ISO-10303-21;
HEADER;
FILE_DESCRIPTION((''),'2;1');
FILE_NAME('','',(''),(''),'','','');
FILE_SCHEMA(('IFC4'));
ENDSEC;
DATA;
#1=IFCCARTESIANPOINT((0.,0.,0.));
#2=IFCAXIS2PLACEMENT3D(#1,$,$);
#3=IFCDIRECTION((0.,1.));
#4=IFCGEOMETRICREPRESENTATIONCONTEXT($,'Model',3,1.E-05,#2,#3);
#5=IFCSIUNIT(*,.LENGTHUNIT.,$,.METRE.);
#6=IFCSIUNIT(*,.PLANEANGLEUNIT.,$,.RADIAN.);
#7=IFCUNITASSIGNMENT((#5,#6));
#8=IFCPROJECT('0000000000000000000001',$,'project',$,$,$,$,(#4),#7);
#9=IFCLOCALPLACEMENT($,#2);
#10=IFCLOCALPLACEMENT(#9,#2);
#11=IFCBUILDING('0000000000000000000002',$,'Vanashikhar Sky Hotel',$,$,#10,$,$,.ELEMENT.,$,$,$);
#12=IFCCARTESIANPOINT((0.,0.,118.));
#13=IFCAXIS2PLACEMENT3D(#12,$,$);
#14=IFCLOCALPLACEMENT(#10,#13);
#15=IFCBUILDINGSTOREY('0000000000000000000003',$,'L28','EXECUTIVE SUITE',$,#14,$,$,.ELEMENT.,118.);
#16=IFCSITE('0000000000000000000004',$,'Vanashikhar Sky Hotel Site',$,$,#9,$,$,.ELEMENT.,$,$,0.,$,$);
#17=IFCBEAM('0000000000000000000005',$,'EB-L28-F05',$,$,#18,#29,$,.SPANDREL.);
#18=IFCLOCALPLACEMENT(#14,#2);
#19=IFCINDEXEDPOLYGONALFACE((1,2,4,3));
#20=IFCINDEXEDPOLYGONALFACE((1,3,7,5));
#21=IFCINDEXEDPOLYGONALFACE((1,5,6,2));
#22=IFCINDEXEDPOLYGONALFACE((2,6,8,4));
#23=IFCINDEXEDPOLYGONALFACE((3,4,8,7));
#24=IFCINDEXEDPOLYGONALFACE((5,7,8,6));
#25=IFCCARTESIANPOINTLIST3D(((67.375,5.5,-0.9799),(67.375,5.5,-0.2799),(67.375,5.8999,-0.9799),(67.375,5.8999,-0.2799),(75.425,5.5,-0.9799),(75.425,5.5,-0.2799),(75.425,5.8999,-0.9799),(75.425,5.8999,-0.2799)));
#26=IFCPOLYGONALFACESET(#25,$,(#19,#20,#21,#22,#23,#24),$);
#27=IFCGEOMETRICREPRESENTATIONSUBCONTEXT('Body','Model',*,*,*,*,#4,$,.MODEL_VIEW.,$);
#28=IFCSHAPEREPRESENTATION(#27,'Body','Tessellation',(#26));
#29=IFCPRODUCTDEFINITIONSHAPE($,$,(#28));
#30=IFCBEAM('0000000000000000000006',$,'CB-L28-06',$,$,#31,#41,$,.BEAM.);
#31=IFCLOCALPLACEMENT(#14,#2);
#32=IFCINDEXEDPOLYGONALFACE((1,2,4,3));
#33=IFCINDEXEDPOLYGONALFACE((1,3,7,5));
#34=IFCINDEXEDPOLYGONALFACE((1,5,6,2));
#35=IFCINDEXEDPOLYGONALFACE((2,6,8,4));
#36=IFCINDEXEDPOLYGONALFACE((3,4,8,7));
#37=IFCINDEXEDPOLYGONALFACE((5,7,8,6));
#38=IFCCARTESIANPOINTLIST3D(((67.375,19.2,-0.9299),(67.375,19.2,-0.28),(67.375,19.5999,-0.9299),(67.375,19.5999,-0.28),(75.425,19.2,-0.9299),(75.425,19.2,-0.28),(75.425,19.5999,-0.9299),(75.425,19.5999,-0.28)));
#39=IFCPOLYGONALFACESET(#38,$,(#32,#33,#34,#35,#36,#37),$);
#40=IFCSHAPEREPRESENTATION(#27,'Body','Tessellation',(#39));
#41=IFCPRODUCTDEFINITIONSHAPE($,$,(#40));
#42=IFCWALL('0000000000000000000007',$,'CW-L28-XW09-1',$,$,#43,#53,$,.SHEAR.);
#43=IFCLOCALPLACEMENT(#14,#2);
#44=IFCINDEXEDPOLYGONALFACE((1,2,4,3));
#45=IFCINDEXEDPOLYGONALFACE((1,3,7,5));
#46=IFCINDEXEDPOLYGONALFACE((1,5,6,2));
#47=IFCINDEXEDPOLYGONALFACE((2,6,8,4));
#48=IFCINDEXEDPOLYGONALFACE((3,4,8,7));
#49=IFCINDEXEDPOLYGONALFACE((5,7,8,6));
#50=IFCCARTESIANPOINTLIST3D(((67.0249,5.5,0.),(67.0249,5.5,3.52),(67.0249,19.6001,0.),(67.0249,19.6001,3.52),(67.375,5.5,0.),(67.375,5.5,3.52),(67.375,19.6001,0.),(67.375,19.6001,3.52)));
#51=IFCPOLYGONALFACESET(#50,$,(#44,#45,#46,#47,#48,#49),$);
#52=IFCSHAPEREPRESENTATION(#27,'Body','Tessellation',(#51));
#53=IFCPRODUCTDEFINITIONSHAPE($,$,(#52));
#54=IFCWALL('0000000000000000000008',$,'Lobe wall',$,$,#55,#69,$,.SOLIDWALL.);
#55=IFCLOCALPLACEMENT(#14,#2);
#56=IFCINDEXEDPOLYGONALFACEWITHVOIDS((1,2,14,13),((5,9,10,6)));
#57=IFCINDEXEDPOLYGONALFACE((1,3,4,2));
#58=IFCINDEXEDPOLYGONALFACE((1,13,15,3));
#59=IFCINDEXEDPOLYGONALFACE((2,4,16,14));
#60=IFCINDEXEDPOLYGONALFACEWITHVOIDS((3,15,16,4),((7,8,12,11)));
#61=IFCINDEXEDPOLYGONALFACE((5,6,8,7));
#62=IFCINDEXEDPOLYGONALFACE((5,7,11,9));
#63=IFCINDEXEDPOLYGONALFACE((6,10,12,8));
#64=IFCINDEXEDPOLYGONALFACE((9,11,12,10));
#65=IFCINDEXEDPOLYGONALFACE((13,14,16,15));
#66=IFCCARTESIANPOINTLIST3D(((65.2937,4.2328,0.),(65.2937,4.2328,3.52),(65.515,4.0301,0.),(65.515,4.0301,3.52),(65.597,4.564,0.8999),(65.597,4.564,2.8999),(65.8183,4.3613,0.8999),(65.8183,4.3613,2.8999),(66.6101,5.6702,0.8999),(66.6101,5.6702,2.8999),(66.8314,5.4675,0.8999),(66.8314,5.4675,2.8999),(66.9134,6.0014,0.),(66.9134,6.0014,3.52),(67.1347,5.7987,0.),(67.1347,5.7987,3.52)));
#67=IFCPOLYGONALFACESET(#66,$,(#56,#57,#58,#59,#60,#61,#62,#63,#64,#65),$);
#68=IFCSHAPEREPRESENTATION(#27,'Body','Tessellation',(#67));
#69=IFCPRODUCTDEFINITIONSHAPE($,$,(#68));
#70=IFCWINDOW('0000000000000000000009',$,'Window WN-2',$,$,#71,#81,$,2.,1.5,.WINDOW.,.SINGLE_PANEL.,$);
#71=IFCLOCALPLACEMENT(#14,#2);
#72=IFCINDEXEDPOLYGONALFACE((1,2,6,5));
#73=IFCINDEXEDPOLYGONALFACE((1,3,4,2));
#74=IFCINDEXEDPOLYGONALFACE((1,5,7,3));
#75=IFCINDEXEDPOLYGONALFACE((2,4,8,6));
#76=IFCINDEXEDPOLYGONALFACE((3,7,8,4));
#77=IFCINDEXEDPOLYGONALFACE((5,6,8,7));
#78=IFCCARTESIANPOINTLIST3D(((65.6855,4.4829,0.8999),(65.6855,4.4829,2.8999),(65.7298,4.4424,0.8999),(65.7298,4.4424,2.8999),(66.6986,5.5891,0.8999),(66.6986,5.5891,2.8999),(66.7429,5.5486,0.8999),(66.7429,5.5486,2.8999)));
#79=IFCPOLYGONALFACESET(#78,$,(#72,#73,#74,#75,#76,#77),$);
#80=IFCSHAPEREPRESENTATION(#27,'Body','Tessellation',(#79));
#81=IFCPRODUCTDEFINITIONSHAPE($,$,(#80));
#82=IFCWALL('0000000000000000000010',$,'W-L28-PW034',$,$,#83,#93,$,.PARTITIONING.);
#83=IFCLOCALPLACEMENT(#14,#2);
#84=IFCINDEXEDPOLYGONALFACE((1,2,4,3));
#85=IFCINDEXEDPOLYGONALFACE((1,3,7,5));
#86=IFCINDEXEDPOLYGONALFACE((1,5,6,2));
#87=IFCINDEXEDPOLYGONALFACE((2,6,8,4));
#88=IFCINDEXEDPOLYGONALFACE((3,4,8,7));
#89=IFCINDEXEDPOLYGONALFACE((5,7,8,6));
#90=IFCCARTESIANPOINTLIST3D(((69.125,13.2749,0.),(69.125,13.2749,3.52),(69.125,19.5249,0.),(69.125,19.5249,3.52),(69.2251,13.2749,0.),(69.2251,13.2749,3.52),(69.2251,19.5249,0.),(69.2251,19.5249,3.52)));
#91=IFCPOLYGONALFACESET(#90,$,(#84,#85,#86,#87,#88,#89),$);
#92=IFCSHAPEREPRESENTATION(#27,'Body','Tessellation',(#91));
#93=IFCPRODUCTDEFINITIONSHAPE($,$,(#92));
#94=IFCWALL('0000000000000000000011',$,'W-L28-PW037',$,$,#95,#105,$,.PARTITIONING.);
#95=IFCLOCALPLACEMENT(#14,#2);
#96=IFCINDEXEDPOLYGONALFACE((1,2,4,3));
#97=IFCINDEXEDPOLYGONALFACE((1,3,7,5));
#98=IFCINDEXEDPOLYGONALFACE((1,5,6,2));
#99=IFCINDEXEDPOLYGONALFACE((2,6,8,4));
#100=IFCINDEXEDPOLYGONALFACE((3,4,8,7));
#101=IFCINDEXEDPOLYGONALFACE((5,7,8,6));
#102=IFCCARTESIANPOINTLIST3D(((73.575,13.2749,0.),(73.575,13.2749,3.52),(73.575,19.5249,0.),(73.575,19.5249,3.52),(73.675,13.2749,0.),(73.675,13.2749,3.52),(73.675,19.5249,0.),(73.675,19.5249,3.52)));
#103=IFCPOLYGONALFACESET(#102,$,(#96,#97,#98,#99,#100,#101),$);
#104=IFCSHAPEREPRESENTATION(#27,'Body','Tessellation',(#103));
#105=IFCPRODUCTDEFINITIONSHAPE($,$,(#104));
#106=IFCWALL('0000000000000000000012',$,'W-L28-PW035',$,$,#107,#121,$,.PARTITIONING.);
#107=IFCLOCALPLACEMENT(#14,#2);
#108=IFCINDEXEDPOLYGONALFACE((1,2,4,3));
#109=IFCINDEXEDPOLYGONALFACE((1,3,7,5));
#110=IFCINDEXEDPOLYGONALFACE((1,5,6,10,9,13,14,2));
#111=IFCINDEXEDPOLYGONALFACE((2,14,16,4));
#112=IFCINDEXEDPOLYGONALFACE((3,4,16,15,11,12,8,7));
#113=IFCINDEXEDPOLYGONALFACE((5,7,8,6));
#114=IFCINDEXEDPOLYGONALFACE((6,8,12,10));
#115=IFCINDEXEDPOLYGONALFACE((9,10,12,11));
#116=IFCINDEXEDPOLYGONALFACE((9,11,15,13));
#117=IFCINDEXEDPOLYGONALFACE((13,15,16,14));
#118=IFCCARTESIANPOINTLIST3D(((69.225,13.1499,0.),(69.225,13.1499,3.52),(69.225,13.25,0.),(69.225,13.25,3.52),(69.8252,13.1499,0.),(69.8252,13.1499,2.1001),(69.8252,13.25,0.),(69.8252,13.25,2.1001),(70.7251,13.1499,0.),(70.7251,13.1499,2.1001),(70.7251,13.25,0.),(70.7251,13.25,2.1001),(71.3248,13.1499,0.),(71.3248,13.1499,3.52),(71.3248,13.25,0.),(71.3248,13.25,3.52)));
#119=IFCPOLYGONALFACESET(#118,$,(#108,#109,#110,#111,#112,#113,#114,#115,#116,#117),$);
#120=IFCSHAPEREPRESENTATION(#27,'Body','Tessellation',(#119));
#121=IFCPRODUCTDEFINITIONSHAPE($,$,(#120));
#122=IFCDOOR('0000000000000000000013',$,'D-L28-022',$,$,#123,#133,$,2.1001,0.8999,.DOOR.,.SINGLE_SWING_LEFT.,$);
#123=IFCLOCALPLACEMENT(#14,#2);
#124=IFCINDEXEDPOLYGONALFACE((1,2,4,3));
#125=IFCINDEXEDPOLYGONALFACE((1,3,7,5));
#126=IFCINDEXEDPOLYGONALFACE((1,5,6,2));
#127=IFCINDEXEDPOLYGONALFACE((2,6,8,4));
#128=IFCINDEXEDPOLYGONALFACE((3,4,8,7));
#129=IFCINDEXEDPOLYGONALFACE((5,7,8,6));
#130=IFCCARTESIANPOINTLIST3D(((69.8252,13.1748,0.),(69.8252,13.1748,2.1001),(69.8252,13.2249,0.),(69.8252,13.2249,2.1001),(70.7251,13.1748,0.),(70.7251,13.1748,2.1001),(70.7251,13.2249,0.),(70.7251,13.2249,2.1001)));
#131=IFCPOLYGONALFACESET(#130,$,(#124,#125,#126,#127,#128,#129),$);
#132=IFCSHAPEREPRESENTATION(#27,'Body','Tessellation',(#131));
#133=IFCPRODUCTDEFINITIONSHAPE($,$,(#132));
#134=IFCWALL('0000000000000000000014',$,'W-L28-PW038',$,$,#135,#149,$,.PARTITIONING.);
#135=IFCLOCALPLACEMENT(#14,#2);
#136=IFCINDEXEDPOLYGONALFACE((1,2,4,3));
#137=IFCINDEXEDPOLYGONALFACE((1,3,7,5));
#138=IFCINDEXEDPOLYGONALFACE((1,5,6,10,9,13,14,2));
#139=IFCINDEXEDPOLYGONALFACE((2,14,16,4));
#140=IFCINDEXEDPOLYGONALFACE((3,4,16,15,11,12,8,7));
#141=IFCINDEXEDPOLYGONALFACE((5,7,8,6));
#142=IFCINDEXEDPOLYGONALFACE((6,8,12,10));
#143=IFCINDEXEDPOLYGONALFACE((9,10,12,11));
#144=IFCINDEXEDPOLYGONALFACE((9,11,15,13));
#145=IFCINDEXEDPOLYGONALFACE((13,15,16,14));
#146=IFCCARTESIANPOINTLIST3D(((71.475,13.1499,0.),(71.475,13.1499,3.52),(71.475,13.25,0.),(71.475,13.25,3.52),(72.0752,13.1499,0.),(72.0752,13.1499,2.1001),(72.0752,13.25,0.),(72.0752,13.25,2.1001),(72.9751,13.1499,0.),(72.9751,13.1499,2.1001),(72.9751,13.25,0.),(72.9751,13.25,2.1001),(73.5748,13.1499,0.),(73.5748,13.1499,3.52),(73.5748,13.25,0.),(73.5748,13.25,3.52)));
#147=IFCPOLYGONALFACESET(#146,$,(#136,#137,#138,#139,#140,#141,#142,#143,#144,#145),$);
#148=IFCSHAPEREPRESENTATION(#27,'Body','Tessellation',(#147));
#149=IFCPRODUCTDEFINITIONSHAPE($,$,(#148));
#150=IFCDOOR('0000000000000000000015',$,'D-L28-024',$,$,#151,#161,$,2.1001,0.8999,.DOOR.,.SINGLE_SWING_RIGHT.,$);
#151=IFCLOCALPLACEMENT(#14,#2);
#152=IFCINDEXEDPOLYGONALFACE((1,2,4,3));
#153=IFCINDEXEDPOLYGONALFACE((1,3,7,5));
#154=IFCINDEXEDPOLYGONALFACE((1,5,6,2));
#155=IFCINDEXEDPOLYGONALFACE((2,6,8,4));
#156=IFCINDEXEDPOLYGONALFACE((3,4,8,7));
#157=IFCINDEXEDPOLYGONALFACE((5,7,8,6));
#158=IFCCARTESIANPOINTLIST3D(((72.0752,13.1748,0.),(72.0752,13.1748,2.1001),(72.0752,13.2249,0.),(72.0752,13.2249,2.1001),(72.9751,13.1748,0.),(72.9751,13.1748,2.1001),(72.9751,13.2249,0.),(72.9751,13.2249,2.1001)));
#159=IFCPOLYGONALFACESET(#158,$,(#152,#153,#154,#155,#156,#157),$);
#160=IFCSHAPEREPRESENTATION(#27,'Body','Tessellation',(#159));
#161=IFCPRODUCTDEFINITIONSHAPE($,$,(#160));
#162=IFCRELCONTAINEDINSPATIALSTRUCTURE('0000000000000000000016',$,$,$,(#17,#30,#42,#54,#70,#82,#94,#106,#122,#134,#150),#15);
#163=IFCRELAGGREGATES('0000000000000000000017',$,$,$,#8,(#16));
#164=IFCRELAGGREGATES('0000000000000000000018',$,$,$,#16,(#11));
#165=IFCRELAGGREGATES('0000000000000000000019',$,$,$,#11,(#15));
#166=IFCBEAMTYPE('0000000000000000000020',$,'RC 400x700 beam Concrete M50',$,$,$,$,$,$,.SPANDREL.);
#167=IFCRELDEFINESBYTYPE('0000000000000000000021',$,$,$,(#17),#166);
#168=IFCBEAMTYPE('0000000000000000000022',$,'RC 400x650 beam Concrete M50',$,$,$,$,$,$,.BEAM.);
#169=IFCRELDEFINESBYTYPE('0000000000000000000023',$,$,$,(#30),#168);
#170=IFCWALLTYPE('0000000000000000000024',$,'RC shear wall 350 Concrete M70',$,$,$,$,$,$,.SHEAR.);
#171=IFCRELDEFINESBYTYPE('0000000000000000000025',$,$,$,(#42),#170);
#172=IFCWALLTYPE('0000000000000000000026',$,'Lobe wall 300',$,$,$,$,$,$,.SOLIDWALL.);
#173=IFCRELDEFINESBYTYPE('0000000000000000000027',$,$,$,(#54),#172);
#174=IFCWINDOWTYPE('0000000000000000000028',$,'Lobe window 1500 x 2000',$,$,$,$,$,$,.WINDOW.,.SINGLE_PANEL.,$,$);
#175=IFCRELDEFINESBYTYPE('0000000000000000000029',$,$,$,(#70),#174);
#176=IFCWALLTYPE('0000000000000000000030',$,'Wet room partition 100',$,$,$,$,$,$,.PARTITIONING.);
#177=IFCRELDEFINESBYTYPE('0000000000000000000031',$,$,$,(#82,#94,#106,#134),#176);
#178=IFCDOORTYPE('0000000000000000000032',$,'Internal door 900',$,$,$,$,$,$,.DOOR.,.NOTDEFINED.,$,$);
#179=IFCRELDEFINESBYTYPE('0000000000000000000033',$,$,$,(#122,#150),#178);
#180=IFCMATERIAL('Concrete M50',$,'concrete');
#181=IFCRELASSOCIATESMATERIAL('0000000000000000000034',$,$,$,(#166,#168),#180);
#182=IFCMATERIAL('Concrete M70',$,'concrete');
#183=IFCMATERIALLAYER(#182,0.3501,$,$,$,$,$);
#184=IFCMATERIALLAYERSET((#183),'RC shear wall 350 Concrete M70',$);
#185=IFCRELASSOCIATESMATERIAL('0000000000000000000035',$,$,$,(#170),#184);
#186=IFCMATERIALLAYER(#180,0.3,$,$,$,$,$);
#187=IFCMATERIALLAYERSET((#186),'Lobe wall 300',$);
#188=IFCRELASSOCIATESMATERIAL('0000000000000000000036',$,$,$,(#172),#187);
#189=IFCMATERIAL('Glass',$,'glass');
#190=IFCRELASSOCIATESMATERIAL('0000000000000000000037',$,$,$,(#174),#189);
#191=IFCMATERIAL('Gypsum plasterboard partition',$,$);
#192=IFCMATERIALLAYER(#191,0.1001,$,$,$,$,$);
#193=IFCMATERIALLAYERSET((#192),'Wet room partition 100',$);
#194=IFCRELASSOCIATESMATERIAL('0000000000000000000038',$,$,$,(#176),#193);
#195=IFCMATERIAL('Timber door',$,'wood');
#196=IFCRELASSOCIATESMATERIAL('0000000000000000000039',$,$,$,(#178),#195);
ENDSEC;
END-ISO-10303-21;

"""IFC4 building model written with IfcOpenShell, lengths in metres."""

from ifc_helpers import new_model, si_unit, direction, frame, frame_2d, origin, origin_2d, place, context, subcontext, project, spatial, rectangle, extrude, source, transform, mapped, material, layer, layer_set, material_profile, profile_set, type_object, element, fill, save


model = new_model("IFC4")

# Units and contexts
model_context = context("Model", 3, precision=1e-05, world=origin(), true_north=direction((0.0, 1.0)))
body_context = subcontext(model_context, "Body", "Model", "MODEL_VIEW")
ifc_project = project(units=[si_unit("LENGTHUNIT", "METRE"), si_unit("PLANEANGLEUNIT", "RADIAN")], contexts=[model_context])

# Site, building, storey
site_placement = place(None, origin())
site = spatial("IfcSite", under=ifc_project, at=site_placement, Name="Vanashikhar Sky Hotel Site", CompositionType="ELEMENT", RefElevation=0.0)
building_placement = place(site_placement, origin())
building = spatial("IfcBuilding", under=site, at=building_placement, Name="Vanashikhar Sky Hotel", CompositionType="ELEMENT")
storey_placement = place(building_placement, frame((0.0, 0.0, 118.0)))
storey = spatial("IfcBuildingStorey", under=building, at=storey_placement, Name="L28", Description="EXECUTIVE SUITE", CompositionType="ELEMENT", Elevation=118.0)

# Beams
ifc_material_1 = material(Name="Concrete M50", Category="concrete")
ifc_material_profile_1 = material_profile(ifc_material_1, rectangle(XDim=0.3999, YDim=0.7, at=origin_2d()))
ifc_profile_set_1 = profile_set([ifc_material_profile_1], Name="RC 400x700 beam Concrete M50")
beam_type_1 = type_object("IfcBeamType", Name="RC 400x700 beam Concrete M50", PredefinedType="SPANDREL", material=ifc_profile_set_1)
shared_shape_1 = source(origin(), body_context, "Body", "SweptSolid", [
    extrude(rectangle(XDim=0.3999, YDim=0.7, at=origin_2d()), origin(), (0.0, 0.0, 1.0), 8.05),
])
beam_1_placement = place(storey_placement, frame((67.375, 5.7, -0.6299), z_axis=(1.0, 0.0, 0.0), x_axis=(0.0, 1.0, 0.0)))
element("IfcBeam", 1, at=beam_1_placement, inside=storey, type_object=beam_type_1, Name="EB-L28-F05", PredefinedType="SPANDREL", context=body_context, shape_type="MappedRepresentation", body=[
    mapped(shared_shape_1, transform((0.0, 0.0, 0.0), scale=1.0)),
])
ifc_material_profile_2 = material_profile(ifc_material_1, rectangle(XDim=0.3999, YDim=0.6499, at=origin_2d()))
ifc_profile_set_2 = profile_set([ifc_material_profile_2], Name="RC 400x650 beam Concrete M50")
beam_type_2 = type_object("IfcBeamType", Name="RC 400x650 beam Concrete M50", PredefinedType="BEAM", material=ifc_profile_set_2)
shared_shape_2 = source(origin(), body_context, "Body", "SweptSolid", [
    extrude(rectangle(XDim=0.3999, YDim=0.6499, at=origin_2d()), origin(), (0.0, 0.0, 1.0), 8.05),
])
beam_2_placement = place(storey_placement, frame((67.375, 19.3999, -0.605), z_axis=(1.0, 0.0, 0.0), x_axis=(0.0, 1.0, 0.0)))
element("IfcBeam", 2, at=beam_2_placement, inside=storey, type_object=beam_type_2, Name="CB-L28-06", PredefinedType="BEAM", context=body_context, shape_type="MappedRepresentation", body=[
    mapped(shared_shape_2, transform((0.0, 0.0, 0.0), scale=1.0)),
])

# Wall
ifc_material_2 = material(Name="Concrete M70", Category="concrete")
ifc_layer_1 = layer(ifc_material_2, 0.3501)
ifc_layer_set_1 = layer_set([ifc_layer_1], Name="RC shear wall 350 Concrete M70")
wall_type_1 = type_object("IfcWallType", Name="RC shear wall 350 Concrete M70", PredefinedType="SHEAR", material=ifc_layer_set_1)
shared_shape_3 = source(origin(), body_context, "Body", "SweptSolid", [
    extrude(rectangle(XDim=14.1001, YDim=0.3501, at=frame_2d((7.05, 0.0))), origin(), (0.0, 0.0, 1.0), 3.52),
])
wall_1_placement = place(storey_placement, frame((67.2, 5.5, 0.0), z_axis=(0.0, 0.0, 1.0), x_axis=(0.0, 1.0, 0.0)))
element("IfcWall", 3, at=wall_1_placement, inside=storey, type_object=wall_type_1, Name="CW-L28-XW09-1", PredefinedType="SHEAR", context=body_context, shape_type="MappedRepresentation", body=[
    mapped(shared_shape_3, transform((0.0, 0.0, 0.0), scale=1.0)),
])

# Wall, opening, window
ifc_layer_2 = layer(ifc_material_1, 0.3)
ifc_layer_set_2 = layer_set([ifc_layer_2], Name="Lobe wall 300")
wall_type_2 = type_object("IfcWallType", Name="Lobe wall 300", PredefinedType="SOLIDWALL", material=ifc_layer_set_2)
shared_shape_4 = source(origin(), body_context, "Body", "SweptSolid", [
    extrude(rectangle(XDim=2.3982, YDim=0.3, at=frame_2d((1.1992, 0.0))), origin(), (0.0, 0.0, 1.0), 3.52),
])
wall_2_placement = place(storey_placement, frame((65.4043, 4.1313, 0.0), z_axis=(0.0, 0.0, 1.0), x_axis=(0.675374, 0.737475, 0.0)))
wall_2 = element("IfcWall", 4, at=wall_2_placement, inside=storey, type_object=wall_type_2, Name="Lobe wall", PredefinedType="SOLIDWALL", context=body_context, shape_type="MappedRepresentation", body=[
    mapped(shared_shape_4, transform((0.0, 0.0, 0.0), scale=1.0)),
])
shared_shape_5 = source(origin(), body_context, "Body", "SweptSolid", [
    extrude(rectangle(XDim=1.5, YDim=2.0, at=frame_2d((0.75, 1.0))), frame((0.0, 0.1602, 0.0), z_axis=(0.0, -1.0, 0.0), x_axis=(1.0, 0.0, 0.0)), (0.0, 0.0, 1.0), 0.3201),
])
opening_1_placement = place(wall_2_placement, frame((0.4492, 0.0, 0.8999)))
opening_1 = element("IfcOpeningElement", 5, at=opening_1_placement, cuts=wall_2, PredefinedType="OPENING", context=body_context, shape_type="MappedRepresentation", body=[
    mapped(shared_shape_5, transform((0.0, 0.0, 0.0), scale=1.0)),
])
ifc_material_3 = material(Name="Glass", Category="glass")
window_type_1 = type_object("IfcWindowType", Name="Lobe window 1500 x 2000", PartitioningType="SINGLE_PANEL", PredefinedType="WINDOW", material=ifc_material_3)
shared_shape_6 = source(origin(), body_context, "Body", "SweptSolid", [
    extrude(rectangle(XDim=1.5, YDim=2.0, at=frame_2d((0.75, 1.0))), frame((0.0, 0.03, 0.0), z_axis=(0.0, -1.0, 0.0), x_axis=(1.0, 0.0, 0.0)), (0.0, 0.0, 1.0), 0.0601),
])
window_1_placement = place(opening_1_placement, origin())
window_1 = element("IfcWindow", 6, at=window_1_placement, inside=storey, type_object=window_type_1, Name="Window WN-2", OverallHeight=2.0, OverallWidth=1.5, PartitioningType="SINGLE_PANEL", PredefinedType="WINDOW", context=body_context, shape_type="MappedRepresentation", body=[
    mapped(shared_shape_6, transform((0.0, 0.0, 0.0), scale=1.0)),
])
fill(opening_1, window_1)

# Walls
ifc_material_4 = material(Name="Gypsum plasterboard partition")
ifc_layer_3 = layer(ifc_material_4, 0.1001)
ifc_layer_set_3 = layer_set([ifc_layer_3], Name="Wet room partition 100")
wall_type_3 = type_object("IfcWallType", Name="Wet room partition 100", PredefinedType="PARTITIONING", material=ifc_layer_set_3)
shared_shape_7 = source(origin(), body_context, "Body", "SweptSolid", [
    extrude(rectangle(XDim=6.25, YDim=0.1001, at=frame_2d((3.125, 0.0))), origin(), (0.0, 0.0, 1.0), 3.52),
])
for number, where, z_axis, x_axis, name in (
    (7, (69.175, 13.2749, 0.0), (0.0, 0.0, 1.0), (0.0, 1.0, 0.0), "W-L28-PW034"),
    (8, (73.625, 13.2749, 0.0), (0.0, 0.0, 1.0), (0.0, 1.0, 0.0), "W-L28-PW037"),
):
    element("IfcWall", number, at=place(storey_placement, frame(where, z_axis=z_axis, x_axis=x_axis)), inside=storey, type_object=wall_type_3, Name=name, PredefinedType="PARTITIONING", context=body_context, shape_type="MappedRepresentation", body=[
        mapped(shared_shape_7, transform((0.0, 0.0, 0.0), scale=1.0)),
    ])

# Walls, openings, doors
shared_shape_8 = source(origin(), body_context, "Body", "SweptSolid", [
    extrude(rectangle(XDim=2.0999, YDim=0.1001, at=frame_2d((1.0498, 0.0))), origin(), (0.0, 0.0, 1.0), 3.52),
])
wall_3_placement = place(storey_placement, frame((69.2251, 13.2, 0.0), z_axis=(0.0, 0.0, 1.0), x_axis=(1.0, 0.0, 0.0)))
wall_3 = element("IfcWall", 9, at=wall_3_placement, inside=storey, type_object=wall_type_3, Name="W-L28-PW035", PredefinedType="PARTITIONING", context=body_context, shape_type="MappedRepresentation", body=[
    mapped(shared_shape_8, transform((0.0, 0.0, 0.0), scale=1.0)),
])
shared_shape_9 = source(origin(), body_context, "Body", "SweptSolid", [
    extrude(rectangle(XDim=0.8999, YDim=2.1001, at=frame_2d((0.45, 1.05))), frame((0.0, 0.0601, 0.0), z_axis=(0.0, -1.0, 0.0), x_axis=(1.0, 0.0, 0.0)), (0.0, 0.0, 1.0), 0.1201),
])
opening_2_placement = place(wall_3_placement, frame((0.6001, 0.0, 0.0)))
opening_2 = element("IfcOpeningElement", 10, at=opening_2_placement, cuts=wall_3, PredefinedType="OPENING", context=body_context, shape_type="MappedRepresentation", body=[
    mapped(shared_shape_9, transform((0.0, 0.0, 0.0), scale=1.0)),
])
ifc_material_5 = material(Name="Timber door", Category="wood")
door_type_1 = type_object("IfcDoorType", Name="Internal door 900", OperationType="NOTDEFINED", PredefinedType="DOOR", material=ifc_material_5)
shared_shape_10 = source(origin(), body_context, "Body", "SweptSolid", [
    extrude(rectangle(XDim=0.8999, YDim=2.1001, at=frame_2d((0.45, 1.05))), frame((0.0, 0.0249, 0.0), z_axis=(0.0, -1.0, 0.0), x_axis=(1.0, 0.0, 0.0)), (0.0, 0.0, 1.0), 0.05),
])
door_1_placement = place(opening_2_placement, origin())
door_1 = element("IfcDoor", 11, at=door_1_placement, inside=storey, type_object=door_type_1, Name="D-L28-022", OperationType="SINGLE_SWING_LEFT", OverallHeight=2.1001, OverallWidth=0.8999, PredefinedType="DOOR", context=body_context, shape_type="MappedRepresentation", body=[
    mapped(shared_shape_10, transform((0.0, 0.0, 0.0), scale=1.0)),
])
fill(opening_2, door_1)
wall_4_placement = place(storey_placement, frame((71.4751, 13.2, 0.0), z_axis=(0.0, 0.0, 1.0), x_axis=(1.0, 0.0, 0.0)))
wall_4 = element("IfcWall", 12, at=wall_4_placement, inside=storey, type_object=wall_type_3, Name="W-L28-PW038", PredefinedType="PARTITIONING", context=body_context, shape_type="MappedRepresentation", body=[
    mapped(shared_shape_8, transform((0.0, 0.0, 0.0), scale=1.0)),
])
opening_3_placement = place(wall_4_placement, frame((0.6001, 0.0, 0.0)))
opening_3 = element("IfcOpeningElement", 13, at=opening_3_placement, cuts=wall_4, PredefinedType="OPENING", context=body_context, shape_type="MappedRepresentation", body=[
    mapped(shared_shape_9, transform((0.0, 0.0, 0.0), scale=1.0)),
])
door_2_placement = place(opening_3_placement, origin())
door_2 = element("IfcDoor", 14, at=door_2_placement, inside=storey, type_object=door_type_1, Name="D-L28-024", OperationType="SINGLE_SWING_RIGHT", OverallHeight=2.1001, OverallWidth=0.8999, PredefinedType="DOOR", context=body_context, shape_type="MappedRepresentation", body=[
    mapped(shared_shape_10, transform((0.0, 0.0, 0.0), scale=1.0)),
])
fill(opening_3, door_2)

save(model, "model.ifc")
